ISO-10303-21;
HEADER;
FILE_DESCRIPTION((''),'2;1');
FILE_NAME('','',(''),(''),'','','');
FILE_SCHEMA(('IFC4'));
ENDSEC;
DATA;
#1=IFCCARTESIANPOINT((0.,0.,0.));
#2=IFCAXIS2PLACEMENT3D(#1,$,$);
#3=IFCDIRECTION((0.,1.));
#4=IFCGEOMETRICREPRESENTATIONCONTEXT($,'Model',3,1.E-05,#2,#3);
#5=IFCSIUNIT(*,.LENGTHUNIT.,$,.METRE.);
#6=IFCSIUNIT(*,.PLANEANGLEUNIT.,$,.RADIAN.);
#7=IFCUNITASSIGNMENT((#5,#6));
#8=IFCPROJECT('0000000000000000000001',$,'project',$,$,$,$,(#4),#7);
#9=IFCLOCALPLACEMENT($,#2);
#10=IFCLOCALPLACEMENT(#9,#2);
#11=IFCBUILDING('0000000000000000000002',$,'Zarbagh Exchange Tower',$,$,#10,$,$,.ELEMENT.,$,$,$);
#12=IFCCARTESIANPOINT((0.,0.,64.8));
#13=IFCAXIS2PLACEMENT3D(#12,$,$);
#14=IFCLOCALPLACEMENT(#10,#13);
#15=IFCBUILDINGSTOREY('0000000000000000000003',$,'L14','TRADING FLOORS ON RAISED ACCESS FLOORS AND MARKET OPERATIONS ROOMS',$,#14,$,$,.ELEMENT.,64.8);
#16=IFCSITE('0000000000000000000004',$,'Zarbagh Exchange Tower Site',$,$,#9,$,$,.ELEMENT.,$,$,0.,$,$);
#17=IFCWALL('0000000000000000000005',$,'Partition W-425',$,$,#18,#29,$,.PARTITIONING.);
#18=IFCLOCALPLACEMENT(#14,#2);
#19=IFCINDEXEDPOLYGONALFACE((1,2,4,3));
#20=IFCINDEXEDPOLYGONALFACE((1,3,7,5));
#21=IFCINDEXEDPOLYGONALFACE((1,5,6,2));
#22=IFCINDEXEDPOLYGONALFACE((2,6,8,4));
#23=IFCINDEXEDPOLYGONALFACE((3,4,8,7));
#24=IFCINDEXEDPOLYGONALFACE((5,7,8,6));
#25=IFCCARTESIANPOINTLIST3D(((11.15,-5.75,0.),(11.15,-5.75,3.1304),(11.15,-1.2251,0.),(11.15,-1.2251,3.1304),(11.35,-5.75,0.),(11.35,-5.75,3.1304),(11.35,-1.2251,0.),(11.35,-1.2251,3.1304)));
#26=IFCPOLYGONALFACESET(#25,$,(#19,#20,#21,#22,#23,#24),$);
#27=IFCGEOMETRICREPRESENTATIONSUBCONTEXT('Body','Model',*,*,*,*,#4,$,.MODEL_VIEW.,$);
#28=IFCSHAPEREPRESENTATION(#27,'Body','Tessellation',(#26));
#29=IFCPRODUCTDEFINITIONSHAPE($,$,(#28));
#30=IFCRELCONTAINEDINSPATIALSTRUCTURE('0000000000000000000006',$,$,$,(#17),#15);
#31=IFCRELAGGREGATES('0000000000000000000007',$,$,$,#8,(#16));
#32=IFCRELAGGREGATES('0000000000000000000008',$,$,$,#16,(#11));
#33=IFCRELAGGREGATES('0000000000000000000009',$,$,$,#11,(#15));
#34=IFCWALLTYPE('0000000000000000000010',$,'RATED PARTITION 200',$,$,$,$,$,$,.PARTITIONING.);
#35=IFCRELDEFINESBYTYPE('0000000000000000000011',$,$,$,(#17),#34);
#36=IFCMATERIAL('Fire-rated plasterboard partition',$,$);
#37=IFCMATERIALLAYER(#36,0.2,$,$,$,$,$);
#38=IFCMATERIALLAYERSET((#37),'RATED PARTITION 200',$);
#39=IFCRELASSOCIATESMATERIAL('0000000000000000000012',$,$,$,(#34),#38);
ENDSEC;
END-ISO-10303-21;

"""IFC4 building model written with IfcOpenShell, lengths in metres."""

from ifc_helpers import new_model, si_unit, direction, frame, frame_2d, origin, place, context, subcontext, project, spatial, rectangle, extrude, material, layer, layer_set, type_object, element, save


model = new_model("IFC4")

# Units and contexts
model_context = context("Model", 3, precision=1e-05, world=origin(), true_north=direction((0.0, 1.0)))
body_context = subcontext(model_context, "Body", "Model", "MODEL_VIEW")
ifc_project = project(units=[si_unit("LENGTHUNIT", "METRE"), si_unit("PLANEANGLEUNIT", "RADIAN")], contexts=[model_context])

# Site, building, storey
site_placement = place(None, origin())
site = spatial("IfcSite", under=ifc_project, at=site_placement, Name="Zarbagh Exchange Tower Site", CompositionType="ELEMENT", RefElevation=0.0)
building_placement = place(site_placement, origin())
building = spatial("IfcBuilding", under=site, at=building_placement, Name="Zarbagh Exchange Tower", CompositionType="ELEMENT")
storey_placement = place(building_placement, frame((0.0, 0.0, 64.8)))
storey = spatial("IfcBuildingStorey", under=building, at=storey_placement, Name="L14", Description="TRADING FLOORS ON RAISED ACCESS FLOORS AND MARKET OPERATIONS ROOMS", CompositionType="ELEMENT", Elevation=64.8)

# Shared definitions
ifc_material_1 = material(Name="Fire-rated plasterboard partition")
ifc_layer_1 = layer(ifc_material_1, 0.2)
ifc_layer_set_1 = layer_set([ifc_layer_1], Name="RATED PARTITION 200")
wall_type_1 = type_object("IfcWallType", Name="RATED PARTITION 200", PredefinedType="PARTITIONING", material=ifc_layer_set_1)

# Wall
wall_1_placement = place(storey_placement, frame((11.25, -5.75, 0.0), z_axis=(0.0, 0.0, 1.0), x_axis=(0.0, 1.0, 0.0)))
element("IfcWall", 1, at=wall_1_placement, inside=storey, type_object=wall_type_1, Name="Partition W-425", PredefinedType="PARTITIONING", context=body_context, shape_type="SweptSolid", body=[
    extrude(rectangle(XDim=4.5249, YDim=0.2, at=frame_2d((2.2625, 0.0))), origin(), (0.0, 0.0, 1.0), 3.1304),
])

save(model, "model.ifc")
